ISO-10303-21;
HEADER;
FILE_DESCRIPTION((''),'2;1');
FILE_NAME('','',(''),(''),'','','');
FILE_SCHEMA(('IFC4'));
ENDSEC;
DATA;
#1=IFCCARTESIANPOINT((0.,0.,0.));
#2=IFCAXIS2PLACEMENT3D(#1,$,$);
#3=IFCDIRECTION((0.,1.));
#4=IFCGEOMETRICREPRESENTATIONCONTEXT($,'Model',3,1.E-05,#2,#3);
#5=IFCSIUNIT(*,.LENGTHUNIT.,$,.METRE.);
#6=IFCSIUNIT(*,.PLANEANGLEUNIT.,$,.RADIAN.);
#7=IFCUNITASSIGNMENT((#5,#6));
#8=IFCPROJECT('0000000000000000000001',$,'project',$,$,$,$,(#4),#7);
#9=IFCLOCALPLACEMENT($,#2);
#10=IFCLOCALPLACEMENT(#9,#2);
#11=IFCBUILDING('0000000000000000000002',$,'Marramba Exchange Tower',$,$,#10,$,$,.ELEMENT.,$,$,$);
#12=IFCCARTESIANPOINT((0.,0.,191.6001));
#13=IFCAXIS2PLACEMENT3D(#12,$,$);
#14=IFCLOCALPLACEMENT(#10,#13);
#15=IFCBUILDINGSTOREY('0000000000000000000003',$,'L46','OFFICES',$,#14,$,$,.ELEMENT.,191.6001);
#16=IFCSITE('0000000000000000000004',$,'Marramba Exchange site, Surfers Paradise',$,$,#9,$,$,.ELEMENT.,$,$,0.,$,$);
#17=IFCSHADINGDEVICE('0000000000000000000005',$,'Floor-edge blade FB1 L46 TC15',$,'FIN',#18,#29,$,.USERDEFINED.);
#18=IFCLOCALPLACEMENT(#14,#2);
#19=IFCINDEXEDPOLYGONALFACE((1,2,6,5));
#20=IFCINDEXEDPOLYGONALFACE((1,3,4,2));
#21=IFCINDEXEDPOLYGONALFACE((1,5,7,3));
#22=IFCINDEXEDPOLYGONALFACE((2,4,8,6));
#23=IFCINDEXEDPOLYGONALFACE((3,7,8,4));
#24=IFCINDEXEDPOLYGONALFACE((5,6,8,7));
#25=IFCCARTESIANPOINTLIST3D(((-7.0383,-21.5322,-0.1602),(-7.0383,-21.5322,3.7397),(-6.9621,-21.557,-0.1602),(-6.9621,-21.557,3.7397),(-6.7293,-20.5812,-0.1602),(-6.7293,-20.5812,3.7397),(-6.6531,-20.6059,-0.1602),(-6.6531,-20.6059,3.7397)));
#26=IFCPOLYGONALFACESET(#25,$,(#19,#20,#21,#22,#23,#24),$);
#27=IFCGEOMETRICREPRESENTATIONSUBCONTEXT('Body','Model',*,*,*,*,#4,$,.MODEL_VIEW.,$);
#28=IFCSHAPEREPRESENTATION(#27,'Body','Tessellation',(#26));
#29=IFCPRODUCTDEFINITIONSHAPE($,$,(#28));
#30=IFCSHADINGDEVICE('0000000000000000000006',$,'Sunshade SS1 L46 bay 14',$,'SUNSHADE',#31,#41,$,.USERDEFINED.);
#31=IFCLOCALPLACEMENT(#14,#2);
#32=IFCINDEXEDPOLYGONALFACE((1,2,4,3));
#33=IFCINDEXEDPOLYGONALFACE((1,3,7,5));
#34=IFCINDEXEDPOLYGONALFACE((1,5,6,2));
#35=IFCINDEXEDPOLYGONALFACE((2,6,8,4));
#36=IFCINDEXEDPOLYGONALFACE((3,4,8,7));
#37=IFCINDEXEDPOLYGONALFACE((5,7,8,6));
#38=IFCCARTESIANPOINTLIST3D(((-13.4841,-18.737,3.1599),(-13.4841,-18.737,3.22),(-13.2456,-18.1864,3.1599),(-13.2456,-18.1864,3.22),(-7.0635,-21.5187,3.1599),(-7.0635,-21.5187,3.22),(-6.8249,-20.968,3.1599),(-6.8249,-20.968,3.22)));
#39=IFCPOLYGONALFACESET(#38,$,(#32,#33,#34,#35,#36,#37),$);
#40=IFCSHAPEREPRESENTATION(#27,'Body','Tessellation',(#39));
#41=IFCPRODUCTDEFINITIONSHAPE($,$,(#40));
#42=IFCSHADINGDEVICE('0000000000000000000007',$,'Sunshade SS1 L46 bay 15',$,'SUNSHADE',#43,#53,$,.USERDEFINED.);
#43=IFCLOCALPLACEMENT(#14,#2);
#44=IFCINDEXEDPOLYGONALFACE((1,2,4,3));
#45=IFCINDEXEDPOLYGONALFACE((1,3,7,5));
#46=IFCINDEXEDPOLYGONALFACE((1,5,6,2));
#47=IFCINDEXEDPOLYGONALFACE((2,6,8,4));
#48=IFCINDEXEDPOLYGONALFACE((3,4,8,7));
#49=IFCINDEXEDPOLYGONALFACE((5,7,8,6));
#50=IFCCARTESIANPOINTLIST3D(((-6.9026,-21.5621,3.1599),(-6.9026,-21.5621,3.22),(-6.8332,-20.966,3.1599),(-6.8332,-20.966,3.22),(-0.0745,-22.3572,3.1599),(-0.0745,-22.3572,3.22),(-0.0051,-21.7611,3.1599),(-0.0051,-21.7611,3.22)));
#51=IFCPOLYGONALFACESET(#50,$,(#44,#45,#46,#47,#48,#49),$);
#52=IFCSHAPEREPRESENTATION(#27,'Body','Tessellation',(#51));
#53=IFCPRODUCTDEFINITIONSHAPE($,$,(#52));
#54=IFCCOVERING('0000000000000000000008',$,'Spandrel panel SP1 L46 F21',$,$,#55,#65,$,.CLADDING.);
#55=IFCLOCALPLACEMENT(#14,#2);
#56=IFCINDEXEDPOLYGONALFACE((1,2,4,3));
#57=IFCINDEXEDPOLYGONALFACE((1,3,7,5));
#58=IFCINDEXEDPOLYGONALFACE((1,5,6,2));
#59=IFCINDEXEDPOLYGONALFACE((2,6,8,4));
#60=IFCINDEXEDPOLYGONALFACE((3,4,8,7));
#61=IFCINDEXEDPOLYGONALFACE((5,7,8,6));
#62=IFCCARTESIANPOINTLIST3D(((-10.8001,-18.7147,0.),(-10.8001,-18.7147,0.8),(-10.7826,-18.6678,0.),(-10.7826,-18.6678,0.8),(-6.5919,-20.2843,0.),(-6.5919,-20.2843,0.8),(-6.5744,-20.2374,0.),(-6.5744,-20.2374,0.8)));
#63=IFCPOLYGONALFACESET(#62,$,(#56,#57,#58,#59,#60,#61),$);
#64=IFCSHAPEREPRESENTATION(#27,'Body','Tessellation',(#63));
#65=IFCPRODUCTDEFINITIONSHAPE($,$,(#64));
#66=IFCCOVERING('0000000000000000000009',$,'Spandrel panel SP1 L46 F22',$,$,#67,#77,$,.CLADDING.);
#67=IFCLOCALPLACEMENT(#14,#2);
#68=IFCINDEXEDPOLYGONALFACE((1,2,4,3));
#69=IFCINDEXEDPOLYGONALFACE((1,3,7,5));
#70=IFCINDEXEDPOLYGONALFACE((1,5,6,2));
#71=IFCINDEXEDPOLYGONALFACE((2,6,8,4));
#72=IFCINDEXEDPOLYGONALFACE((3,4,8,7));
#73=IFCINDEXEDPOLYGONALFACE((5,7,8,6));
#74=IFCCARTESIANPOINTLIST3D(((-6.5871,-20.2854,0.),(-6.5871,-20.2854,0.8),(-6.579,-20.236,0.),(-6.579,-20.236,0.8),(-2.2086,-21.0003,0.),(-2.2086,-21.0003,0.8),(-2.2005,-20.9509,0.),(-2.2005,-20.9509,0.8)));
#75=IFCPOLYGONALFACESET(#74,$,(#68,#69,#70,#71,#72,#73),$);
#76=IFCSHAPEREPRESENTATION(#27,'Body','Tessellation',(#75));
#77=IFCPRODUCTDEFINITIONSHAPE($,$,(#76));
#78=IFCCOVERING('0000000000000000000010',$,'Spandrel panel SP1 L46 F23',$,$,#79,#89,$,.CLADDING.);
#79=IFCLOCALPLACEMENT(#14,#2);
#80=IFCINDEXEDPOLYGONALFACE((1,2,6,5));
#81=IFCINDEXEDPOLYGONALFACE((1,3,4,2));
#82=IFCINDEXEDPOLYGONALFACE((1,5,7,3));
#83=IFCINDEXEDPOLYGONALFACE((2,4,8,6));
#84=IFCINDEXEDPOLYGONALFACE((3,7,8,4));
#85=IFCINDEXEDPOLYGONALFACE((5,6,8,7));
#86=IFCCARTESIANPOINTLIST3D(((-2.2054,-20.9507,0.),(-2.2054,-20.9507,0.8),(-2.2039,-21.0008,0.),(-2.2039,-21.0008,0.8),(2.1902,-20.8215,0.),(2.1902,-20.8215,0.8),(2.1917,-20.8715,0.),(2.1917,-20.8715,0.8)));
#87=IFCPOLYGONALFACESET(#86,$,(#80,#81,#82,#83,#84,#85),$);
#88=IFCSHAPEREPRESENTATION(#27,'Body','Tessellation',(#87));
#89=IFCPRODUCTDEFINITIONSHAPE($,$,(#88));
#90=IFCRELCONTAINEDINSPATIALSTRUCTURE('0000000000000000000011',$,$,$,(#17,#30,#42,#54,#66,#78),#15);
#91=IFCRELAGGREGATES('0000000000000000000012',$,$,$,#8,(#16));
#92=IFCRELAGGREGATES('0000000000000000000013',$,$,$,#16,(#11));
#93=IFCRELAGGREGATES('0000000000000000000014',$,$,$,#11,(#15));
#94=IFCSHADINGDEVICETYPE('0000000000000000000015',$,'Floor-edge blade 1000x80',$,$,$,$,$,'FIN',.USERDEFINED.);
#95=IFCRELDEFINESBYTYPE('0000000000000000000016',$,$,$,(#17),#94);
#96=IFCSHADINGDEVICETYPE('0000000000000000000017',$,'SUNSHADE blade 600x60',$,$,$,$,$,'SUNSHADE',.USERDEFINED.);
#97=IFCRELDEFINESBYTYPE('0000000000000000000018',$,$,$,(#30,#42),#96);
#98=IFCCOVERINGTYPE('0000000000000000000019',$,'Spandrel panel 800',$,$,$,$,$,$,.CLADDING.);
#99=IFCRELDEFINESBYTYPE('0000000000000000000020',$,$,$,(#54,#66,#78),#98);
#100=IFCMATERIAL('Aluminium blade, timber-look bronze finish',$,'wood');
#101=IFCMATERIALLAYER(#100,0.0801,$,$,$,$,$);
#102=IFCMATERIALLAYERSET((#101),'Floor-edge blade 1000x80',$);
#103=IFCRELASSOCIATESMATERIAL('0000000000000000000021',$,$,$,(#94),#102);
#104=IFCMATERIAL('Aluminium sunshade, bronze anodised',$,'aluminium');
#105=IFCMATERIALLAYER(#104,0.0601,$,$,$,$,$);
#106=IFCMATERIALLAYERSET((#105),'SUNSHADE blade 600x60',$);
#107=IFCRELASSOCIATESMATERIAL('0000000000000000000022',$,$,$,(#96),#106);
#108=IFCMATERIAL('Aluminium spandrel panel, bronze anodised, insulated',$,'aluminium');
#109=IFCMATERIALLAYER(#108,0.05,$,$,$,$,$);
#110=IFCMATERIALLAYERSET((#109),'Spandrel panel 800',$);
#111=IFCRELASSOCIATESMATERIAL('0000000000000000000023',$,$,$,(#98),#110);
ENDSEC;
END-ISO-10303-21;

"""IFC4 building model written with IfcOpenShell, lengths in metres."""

from ifc_helpers import new_model, si_unit, direction, frame, origin, origin_2d, place, context, subcontext, project, spatial, rectangle, extrude, material, layer, layer_set, type_object, element, save


model = new_model("IFC4")

# Units and contexts
model_context = context("Model", 3, precision=1e-05, world=origin(), true_north=direction((0.0, 1.0)))
body_context = subcontext(model_context, "Body", "Model", "MODEL_VIEW")
ifc_project = project(units=[si_unit("LENGTHUNIT", "METRE"), si_unit("PLANEANGLEUNIT", "RADIAN")], contexts=[model_context])

# Site, building, storey
site_placement = place(None, origin())
site = spatial("IfcSite", under=ifc_project, at=site_placement, Name="Marramba Exchange site, Surfers Paradise", CompositionType="ELEMENT", RefElevation=0.0)
building_placement = place(site_placement, origin())
building = spatial("IfcBuilding", under=site, at=building_placement, Name="Marramba Exchange Tower", CompositionType="ELEMENT")
storey_placement = place(building_placement, frame((0.0, 0.0, 191.6001)))
storey = spatial("IfcBuildingStorey", under=building, at=storey_placement, Name="L46", Description="OFFICES", CompositionType="ELEMENT", Elevation=191.6001)

# Shading devices
ifc_material_1 = material(Name="Aluminium blade, timber-look bronze finish", Category="wood")
ifc_layer_1 = layer(ifc_material_1, 0.0801)
ifc_layer_set_1 = layer_set([ifc_layer_1], Name="Floor-edge blade 1000x80")
shading_device_type_1 = type_object("IfcShadingDeviceType", Name="Floor-edge blade 1000x80", ElementType="FIN", PredefinedType="USERDEFINED", material=ifc_layer_set_1)
shading_device_1_placement = place(storey_placement, frame((-6.8457, -21.0691, -0.1602), z_axis=(0.0, 0.0, 1.0), x_axis=(-0.309017, -0.951057, 0.0)))
element("IfcShadingDevice", 1, at=shading_device_1_placement, inside=storey, type_object=shading_device_type_1, Name="Floor-edge blade FB1 L46 TC15", ObjectType="FIN", PredefinedType="USERDEFINED", context=body_context, shape_type="SweptSolid", body=[
    extrude(rectangle(XDim=1.0, YDim=0.0801, at=origin_2d()), origin(), (0.0, 0.0, 1.0), 3.8999),
])
ifc_material_2 = material(Name="Aluminium sunshade, bronze anodised", Category="aluminium")
ifc_layer_2 = layer(ifc_material_2, 0.0601)
ifc_layer_set_2 = layer_set([ifc_layer_2], Name="SUNSHADE blade 600x60")
shading_device_type_2 = type_object("IfcShadingDeviceType", Name="SUNSHADE blade 600x60", ElementType="SUNSHADE", PredefinedType="USERDEFINED", material=ifc_layer_set_2)
shading_device_2_placement = place(storey_placement, frame((-10.1545, -19.8525, 3.1599), z_axis=(0.0, 0.0, 1.0), x_axis=(0.917589, -0.39753, 0.0)))
element("IfcShadingDevice", 2, at=shading_device_2_placement, inside=storey, type_object=shading_device_type_2, Name="Sunshade SS1 L46 bay 14", ObjectType="SUNSHADE", PredefinedType="USERDEFINED", context=body_context, shape_type="SweptSolid", body=[
    extrude(rectangle(XDim=6.9973, YDim=0.6001, at=origin_2d()), origin(), (0.0, 0.0, 1.0), 0.0601),
])
shading_device_3_placement = place(storey_placement, frame((-3.4539, -21.6616, 3.1599), z_axis=(0.0, 0.0, 1.0), x_axis=(0.993288, -0.115665, 0.0)))
element("IfcShadingDevice", 3, at=shading_device_3_placement, inside=storey, type_object=shading_device_type_2, Name="Sunshade SS1 L46 bay 15", ObjectType="SUNSHADE", PredefinedType="USERDEFINED", context=body_context, shape_type="SweptSolid", body=[
    extrude(rectangle(XDim=6.8743, YDim=0.6001, at=origin_2d()), origin(), (0.0, 0.0, 1.0), 0.0601),
])

# Coverings
ifc_material_3 = material(Name="Aluminium spandrel panel, bronze anodised, insulated", Category="aluminium")
ifc_layer_3 = layer(ifc_material_3, 0.05)
ifc_layer_set_3 = layer_set([ifc_layer_3], Name="Spandrel panel 800")
covering_type = type_object("IfcCoveringType", Name="Spandrel panel 800", PredefinedType="CLADDING", material=ifc_layer_set_3)
covering_1_placement = place(storey_placement, frame((-8.6873, -19.4761, 0.0), z_axis=(0.0, 0.0, 1.0), x_axis=(0.936952, -0.349459, 0.0)))
element("IfcCovering", 4, at=covering_1_placement, inside=storey, type_object=covering_type, Name="Spandrel panel SP1 L46 F21", PredefinedType="CLADDING", context=body_context, shape_type="SweptSolid", body=[
    extrude(rectangle(XDim=4.4915, YDim=0.05, at=origin_2d()), origin(), (0.0, 0.0, 1.0), 0.8),
])
covering_2_placement = place(storey_placement, frame((-4.3938, -20.6182, 0.0), z_axis=(0.0, 0.0, 1.0), x_axis=(0.986931, -0.161146, 0.0)))
element("IfcCovering", 5, at=covering_2_placement, inside=storey, type_object=covering_type, Name="Spandrel panel SP1 L46 F22", PredefinedType="CLADDING", context=body_context, shape_type="SweptSolid", body=[
    extrude(rectangle(XDim=4.4365, YDim=0.05, at=origin_2d()), origin(), (0.0, 0.0, 1.0), 0.8),
])
covering_3_placement = place(storey_placement, frame((-0.0068, -20.9111, 0.0), z_axis=(0.0, 0.0, 1.0), x_axis=(0.999568, 0.029393, 0.0)))
element("IfcCovering", 6, at=covering_3_placement, inside=storey, type_object=covering_type, Name="Spandrel panel SP1 L46 F23", PredefinedType="CLADDING", context=body_context, shape_type="SweptSolid", body=[
    extrude(rectangle(XDim=4.3975, YDim=0.05, at=origin_2d()), origin(), (0.0, 0.0, 1.0), 0.8),
])

save(model, "model.ifc")
